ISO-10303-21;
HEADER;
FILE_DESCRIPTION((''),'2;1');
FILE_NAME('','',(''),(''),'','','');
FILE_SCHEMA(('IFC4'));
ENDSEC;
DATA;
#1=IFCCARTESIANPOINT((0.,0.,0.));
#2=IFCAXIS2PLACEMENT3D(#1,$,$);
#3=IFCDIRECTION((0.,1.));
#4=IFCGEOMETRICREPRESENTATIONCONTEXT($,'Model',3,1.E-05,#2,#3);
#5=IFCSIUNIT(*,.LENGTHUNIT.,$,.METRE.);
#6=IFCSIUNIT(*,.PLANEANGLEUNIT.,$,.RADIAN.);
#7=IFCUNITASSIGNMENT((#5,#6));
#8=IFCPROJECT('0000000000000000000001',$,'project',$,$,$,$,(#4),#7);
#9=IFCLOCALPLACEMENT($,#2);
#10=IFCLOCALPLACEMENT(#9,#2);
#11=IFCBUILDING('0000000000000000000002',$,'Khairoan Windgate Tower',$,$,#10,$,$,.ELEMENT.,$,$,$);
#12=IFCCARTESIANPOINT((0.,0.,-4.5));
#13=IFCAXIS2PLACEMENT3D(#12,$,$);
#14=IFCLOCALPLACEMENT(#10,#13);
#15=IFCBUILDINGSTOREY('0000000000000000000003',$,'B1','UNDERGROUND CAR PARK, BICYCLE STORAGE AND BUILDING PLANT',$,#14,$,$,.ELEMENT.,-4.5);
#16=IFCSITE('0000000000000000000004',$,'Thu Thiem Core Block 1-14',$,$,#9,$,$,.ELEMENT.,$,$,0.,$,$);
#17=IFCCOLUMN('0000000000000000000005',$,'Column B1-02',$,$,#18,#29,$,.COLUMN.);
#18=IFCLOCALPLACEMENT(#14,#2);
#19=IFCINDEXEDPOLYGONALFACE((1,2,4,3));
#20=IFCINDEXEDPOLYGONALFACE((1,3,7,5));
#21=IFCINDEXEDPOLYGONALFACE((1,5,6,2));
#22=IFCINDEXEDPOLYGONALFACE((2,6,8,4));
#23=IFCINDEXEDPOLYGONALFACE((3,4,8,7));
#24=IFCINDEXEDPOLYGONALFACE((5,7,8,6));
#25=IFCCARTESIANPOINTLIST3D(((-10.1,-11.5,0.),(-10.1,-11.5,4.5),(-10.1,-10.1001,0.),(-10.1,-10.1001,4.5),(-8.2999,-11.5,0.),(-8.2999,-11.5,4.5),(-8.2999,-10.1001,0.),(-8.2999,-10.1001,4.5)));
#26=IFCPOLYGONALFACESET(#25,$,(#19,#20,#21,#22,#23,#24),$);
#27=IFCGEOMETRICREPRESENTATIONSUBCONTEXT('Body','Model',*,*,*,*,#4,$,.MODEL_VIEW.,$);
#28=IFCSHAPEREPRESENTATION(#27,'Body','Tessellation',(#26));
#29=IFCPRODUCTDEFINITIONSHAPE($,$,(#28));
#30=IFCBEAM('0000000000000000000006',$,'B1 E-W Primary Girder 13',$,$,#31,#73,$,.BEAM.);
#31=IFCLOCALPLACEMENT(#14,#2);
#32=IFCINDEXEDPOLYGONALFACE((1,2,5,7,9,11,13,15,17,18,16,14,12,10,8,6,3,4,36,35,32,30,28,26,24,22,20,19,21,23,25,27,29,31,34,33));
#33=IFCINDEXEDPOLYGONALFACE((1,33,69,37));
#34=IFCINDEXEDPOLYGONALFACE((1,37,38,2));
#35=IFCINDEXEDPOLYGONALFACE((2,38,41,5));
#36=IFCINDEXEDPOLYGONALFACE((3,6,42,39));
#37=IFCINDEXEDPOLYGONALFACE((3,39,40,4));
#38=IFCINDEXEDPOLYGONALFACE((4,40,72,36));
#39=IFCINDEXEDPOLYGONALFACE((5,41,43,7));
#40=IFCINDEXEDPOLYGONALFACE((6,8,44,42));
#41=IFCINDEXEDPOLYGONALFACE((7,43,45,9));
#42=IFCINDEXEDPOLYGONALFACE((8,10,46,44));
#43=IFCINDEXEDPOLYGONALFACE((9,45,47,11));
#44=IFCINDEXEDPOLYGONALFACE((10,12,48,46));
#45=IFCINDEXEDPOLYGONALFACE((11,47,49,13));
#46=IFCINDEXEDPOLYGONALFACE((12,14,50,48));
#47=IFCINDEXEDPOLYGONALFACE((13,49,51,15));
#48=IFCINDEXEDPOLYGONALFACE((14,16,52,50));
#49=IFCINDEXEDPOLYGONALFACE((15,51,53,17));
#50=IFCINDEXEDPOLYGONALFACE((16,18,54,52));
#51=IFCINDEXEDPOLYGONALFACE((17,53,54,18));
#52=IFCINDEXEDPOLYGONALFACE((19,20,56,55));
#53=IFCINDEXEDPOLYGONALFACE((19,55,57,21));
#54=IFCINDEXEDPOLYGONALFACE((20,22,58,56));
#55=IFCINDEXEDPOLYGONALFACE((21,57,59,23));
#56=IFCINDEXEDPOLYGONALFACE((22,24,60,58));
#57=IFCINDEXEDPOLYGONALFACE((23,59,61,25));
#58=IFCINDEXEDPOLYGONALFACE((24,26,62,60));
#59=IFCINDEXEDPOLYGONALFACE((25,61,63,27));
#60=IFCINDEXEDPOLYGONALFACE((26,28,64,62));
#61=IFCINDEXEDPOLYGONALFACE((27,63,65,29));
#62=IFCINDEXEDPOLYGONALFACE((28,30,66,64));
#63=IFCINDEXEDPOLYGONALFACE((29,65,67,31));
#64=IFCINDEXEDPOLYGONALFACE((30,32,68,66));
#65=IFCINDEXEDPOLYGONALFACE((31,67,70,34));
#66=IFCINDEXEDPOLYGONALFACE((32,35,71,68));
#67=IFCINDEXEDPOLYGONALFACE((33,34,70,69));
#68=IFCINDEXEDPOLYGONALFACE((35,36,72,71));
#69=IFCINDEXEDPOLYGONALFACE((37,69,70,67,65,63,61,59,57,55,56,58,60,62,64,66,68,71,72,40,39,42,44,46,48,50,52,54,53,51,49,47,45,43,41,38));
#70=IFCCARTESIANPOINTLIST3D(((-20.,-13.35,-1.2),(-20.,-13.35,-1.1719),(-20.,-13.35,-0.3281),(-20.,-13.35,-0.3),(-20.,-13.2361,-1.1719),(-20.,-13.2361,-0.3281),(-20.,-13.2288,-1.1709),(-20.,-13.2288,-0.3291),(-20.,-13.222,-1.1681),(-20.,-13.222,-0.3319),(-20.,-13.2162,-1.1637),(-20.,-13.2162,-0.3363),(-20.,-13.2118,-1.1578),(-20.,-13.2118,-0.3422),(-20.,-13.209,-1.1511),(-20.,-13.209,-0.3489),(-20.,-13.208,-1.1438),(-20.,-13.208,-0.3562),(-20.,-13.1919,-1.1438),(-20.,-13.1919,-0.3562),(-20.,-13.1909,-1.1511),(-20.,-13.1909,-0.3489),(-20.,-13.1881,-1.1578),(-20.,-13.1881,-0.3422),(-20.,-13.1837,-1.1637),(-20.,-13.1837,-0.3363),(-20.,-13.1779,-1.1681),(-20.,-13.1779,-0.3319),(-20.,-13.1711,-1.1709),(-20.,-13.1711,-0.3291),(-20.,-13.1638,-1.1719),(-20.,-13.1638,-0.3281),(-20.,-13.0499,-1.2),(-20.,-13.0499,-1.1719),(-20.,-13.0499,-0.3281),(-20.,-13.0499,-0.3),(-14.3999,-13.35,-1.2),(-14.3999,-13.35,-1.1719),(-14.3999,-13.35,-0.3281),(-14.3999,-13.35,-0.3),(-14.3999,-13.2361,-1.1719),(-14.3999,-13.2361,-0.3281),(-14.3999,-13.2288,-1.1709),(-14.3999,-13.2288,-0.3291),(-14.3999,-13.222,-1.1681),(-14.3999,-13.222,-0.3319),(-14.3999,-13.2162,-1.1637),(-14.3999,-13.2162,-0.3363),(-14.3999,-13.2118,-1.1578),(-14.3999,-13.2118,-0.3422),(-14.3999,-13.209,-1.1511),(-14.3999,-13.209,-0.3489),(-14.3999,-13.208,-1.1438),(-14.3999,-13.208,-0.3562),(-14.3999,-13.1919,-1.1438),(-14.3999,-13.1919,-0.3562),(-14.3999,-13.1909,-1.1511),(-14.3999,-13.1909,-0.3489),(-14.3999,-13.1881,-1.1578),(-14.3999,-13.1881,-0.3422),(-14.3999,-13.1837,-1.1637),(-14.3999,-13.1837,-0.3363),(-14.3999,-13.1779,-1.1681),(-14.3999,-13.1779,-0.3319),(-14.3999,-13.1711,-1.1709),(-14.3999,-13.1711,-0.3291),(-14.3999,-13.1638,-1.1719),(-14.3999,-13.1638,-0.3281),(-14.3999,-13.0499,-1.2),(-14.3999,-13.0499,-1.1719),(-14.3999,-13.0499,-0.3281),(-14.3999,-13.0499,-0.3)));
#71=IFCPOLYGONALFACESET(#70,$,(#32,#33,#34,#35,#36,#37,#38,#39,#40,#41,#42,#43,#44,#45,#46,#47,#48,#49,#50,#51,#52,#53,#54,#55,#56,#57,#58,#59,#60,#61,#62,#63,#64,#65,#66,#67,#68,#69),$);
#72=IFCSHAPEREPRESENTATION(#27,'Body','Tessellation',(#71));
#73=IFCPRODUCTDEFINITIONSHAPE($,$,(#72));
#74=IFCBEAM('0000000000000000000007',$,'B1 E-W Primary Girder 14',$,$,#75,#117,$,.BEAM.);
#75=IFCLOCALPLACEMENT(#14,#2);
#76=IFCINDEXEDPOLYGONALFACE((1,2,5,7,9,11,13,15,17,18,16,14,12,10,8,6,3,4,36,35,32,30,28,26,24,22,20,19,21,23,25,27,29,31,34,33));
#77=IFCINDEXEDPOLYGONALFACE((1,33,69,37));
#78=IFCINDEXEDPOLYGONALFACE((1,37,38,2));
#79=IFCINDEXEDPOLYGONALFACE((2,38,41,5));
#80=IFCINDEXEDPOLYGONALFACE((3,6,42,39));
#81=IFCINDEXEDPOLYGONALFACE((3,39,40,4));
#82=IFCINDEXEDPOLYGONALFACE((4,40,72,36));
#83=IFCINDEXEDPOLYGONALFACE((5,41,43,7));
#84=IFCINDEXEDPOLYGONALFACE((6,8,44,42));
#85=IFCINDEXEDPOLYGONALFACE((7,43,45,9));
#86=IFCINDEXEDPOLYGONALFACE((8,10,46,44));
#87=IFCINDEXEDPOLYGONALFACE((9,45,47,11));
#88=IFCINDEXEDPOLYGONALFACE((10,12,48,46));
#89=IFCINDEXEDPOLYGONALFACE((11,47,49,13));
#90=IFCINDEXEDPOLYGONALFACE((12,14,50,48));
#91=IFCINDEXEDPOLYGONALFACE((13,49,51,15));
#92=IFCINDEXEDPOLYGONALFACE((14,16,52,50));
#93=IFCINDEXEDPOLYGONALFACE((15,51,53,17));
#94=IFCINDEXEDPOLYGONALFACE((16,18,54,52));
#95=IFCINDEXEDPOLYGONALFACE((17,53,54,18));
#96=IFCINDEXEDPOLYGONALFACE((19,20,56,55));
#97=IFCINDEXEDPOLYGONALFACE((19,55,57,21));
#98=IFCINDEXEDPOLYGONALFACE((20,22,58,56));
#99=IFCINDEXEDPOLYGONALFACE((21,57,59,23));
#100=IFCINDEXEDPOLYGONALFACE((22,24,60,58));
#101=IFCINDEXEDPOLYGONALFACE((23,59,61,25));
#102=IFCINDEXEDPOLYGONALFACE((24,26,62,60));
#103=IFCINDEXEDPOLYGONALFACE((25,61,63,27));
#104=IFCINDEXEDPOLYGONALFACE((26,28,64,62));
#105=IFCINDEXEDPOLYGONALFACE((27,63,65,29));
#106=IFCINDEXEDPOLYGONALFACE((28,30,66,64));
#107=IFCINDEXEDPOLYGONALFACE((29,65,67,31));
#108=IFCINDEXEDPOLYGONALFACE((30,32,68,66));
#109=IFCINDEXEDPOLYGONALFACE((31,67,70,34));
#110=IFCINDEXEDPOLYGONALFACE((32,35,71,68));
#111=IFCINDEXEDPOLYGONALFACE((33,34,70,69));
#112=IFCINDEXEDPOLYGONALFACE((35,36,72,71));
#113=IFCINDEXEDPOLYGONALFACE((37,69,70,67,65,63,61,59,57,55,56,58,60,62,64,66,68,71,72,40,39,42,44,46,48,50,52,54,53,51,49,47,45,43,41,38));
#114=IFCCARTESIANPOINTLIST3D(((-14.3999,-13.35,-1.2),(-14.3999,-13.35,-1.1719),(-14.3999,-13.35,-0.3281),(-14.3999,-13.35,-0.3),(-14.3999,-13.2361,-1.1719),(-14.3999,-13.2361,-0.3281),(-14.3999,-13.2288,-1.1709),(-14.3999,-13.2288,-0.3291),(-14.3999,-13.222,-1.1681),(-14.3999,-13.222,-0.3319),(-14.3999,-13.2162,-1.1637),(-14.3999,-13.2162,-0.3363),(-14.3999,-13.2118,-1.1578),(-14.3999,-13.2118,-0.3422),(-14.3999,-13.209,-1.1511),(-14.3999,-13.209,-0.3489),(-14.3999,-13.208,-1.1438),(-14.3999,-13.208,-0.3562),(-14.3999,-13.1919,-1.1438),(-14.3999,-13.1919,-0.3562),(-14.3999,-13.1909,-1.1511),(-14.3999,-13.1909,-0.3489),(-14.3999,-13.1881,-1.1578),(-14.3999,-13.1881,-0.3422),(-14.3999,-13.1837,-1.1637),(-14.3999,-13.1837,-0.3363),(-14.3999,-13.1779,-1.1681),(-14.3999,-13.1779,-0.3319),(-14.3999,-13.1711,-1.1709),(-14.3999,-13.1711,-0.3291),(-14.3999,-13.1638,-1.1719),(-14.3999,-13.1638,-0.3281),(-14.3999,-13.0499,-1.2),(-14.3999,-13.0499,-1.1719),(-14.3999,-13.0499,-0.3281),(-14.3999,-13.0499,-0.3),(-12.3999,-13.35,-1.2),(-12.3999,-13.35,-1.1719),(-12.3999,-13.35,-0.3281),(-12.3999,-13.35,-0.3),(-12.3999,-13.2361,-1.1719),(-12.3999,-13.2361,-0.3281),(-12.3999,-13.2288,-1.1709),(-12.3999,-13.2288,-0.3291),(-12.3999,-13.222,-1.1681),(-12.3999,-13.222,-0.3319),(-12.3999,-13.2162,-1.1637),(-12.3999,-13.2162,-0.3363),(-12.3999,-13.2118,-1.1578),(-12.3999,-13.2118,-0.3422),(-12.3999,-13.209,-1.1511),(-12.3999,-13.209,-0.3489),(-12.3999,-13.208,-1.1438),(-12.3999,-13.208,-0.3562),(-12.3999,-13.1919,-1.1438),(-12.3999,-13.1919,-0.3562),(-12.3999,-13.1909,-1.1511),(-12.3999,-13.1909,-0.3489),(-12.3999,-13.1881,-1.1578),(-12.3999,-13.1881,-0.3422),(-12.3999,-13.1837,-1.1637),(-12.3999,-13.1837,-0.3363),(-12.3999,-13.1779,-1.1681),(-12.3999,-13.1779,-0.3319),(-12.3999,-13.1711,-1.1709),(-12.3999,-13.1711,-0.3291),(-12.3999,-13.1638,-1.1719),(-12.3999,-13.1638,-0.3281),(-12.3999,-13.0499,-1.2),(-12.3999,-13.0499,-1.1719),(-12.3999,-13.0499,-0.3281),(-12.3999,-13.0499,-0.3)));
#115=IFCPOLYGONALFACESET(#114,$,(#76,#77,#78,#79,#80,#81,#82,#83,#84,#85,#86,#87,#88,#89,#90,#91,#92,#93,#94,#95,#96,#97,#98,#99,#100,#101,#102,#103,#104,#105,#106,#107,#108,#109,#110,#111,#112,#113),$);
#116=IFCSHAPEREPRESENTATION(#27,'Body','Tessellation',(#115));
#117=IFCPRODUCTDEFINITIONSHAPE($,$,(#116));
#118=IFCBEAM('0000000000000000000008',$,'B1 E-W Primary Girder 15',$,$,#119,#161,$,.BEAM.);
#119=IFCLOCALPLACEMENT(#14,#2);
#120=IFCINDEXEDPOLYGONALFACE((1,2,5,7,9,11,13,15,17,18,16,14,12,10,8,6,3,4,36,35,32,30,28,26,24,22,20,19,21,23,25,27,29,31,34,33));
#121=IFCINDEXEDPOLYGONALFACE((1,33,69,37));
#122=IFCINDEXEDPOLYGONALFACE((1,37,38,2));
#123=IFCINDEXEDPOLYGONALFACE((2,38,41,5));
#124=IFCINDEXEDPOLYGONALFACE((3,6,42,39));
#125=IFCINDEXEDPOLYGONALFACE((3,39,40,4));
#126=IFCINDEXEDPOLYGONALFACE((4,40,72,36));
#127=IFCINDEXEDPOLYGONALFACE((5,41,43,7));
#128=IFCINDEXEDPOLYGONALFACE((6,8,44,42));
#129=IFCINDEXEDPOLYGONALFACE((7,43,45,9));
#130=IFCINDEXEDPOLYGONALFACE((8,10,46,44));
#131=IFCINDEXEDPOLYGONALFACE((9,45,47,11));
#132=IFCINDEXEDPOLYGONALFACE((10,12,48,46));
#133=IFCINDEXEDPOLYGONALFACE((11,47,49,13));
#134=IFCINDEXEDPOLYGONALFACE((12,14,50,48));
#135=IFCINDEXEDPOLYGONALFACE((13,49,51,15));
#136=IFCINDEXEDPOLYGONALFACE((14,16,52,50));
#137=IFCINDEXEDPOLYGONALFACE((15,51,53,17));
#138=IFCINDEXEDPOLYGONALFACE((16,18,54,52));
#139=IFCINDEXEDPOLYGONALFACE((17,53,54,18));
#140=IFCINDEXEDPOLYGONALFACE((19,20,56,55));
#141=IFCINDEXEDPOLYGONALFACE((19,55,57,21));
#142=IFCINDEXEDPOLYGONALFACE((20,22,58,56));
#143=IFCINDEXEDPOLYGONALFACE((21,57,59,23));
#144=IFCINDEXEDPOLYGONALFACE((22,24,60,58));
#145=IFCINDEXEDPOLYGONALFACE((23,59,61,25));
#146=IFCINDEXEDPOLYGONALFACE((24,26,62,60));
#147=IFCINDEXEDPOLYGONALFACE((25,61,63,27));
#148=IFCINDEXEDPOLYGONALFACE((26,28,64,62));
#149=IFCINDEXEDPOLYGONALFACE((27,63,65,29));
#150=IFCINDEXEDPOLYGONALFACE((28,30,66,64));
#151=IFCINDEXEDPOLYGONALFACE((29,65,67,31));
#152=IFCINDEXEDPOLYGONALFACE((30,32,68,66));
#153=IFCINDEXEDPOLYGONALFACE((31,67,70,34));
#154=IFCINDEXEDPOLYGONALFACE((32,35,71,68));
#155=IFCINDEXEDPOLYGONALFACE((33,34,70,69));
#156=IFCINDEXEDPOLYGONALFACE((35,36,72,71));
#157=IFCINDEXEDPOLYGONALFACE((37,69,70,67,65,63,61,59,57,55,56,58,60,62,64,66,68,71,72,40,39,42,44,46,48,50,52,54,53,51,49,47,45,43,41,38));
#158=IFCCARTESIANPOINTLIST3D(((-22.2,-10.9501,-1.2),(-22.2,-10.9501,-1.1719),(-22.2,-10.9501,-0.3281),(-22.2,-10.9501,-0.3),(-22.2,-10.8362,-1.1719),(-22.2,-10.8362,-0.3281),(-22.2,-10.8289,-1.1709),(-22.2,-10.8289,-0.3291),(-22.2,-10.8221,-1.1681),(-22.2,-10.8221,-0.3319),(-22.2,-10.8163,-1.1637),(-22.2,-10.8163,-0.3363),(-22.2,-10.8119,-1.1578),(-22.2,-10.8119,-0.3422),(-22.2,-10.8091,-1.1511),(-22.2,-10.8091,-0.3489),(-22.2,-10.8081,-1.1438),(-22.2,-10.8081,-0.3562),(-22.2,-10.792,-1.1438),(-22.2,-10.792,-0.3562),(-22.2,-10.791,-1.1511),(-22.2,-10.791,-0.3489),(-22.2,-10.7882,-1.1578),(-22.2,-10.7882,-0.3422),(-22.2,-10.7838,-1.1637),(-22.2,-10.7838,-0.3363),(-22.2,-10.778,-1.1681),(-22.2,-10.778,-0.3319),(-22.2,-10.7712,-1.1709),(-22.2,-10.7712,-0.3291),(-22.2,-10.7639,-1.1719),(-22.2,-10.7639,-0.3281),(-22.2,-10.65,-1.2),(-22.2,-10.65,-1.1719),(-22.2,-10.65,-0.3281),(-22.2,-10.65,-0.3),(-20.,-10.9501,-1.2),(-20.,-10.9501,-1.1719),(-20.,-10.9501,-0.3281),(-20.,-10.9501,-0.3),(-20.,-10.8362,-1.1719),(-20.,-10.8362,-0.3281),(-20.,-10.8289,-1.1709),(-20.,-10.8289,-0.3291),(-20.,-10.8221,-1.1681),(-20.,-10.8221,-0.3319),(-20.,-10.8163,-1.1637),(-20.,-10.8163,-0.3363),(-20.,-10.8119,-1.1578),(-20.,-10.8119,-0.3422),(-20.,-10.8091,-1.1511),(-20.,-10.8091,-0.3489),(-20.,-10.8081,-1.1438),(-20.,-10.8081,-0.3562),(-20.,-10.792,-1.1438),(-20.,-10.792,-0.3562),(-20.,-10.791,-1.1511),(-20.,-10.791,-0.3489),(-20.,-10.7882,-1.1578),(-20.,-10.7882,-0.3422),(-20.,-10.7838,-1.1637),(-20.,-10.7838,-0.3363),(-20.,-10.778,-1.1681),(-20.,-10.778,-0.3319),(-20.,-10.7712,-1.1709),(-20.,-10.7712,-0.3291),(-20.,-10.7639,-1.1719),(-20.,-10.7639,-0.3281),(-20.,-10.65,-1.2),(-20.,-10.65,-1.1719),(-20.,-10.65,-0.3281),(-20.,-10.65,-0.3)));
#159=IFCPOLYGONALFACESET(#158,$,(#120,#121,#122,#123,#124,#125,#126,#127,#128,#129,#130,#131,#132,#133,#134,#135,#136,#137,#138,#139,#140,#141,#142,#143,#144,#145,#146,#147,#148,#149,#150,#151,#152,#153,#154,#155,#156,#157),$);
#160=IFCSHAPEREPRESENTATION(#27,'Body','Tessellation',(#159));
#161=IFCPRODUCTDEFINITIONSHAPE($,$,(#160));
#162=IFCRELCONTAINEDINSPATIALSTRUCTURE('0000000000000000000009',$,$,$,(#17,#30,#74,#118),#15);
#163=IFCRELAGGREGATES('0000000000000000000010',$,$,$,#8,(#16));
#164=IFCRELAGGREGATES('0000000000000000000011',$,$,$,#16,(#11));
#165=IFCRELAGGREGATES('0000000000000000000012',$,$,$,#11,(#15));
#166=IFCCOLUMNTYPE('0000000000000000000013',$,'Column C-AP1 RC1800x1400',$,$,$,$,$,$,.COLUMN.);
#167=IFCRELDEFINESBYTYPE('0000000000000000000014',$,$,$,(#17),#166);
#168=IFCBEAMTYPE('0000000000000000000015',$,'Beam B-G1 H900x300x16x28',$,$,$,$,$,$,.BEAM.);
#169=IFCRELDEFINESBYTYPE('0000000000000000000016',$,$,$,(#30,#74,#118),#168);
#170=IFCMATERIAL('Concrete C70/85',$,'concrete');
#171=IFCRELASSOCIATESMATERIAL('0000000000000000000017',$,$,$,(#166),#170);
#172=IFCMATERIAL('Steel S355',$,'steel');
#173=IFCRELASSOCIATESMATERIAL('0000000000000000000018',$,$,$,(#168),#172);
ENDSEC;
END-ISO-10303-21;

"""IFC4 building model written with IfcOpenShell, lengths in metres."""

from ifc_helpers import new_model, si_unit, direction, frame, origin, origin_2d, place, context, subcontext, project, spatial, rectangle, i_section, extrude, material, material_profile, profile_set, type_object, element, save


model = new_model("IFC4")

# Units and contexts
model_context = context("Model", 3, precision=1e-05, world=origin(), true_north=direction((0.0, 1.0)))
body_context = subcontext(model_context, "Body", "Model", "MODEL_VIEW")
ifc_project = project(units=[si_unit("LENGTHUNIT", "METRE"), si_unit("PLANEANGLEUNIT", "RADIAN")], contexts=[model_context])

# Site, building, storey
site_placement = place(None, origin())
site = spatial("IfcSite", under=ifc_project, at=site_placement, Name="Thu Thiem Core Block 1-14", CompositionType="ELEMENT", RefElevation=0.0)
building_placement = place(site_placement, origin())
building = spatial("IfcBuilding", under=site, at=building_placement, Name="Khairoan Windgate Tower", CompositionType="ELEMENT")
storey_placement = place(building_placement, frame((0.0, 0.0, -4.5)))
storey = spatial("IfcBuildingStorey", under=building, at=storey_placement, Name="B1", Description="UNDERGROUND CAR PARK, BICYCLE STORAGE AND BUILDING PLANT", CompositionType="ELEMENT", Elevation=-4.5)

# Column
ifc_material_1 = material(Name="Concrete C70/85", Category="concrete")
ifc_material_profile_1 = material_profile(ifc_material_1, rectangle(XDim=1.8, YDim=1.3999, at=origin_2d()))
ifc_profile_set_1 = profile_set([ifc_material_profile_1], Name="Concrete C70/85")
column_type = type_object("IfcColumnType", Name="Column C-AP1 RC1800x1400", PredefinedType="COLUMN", material=ifc_profile_set_1)
column_placement = place(storey_placement, frame((-9.2, -10.8, 0.0), z_axis=(0.0, 0.0, 1.0), x_axis=(1.0, 0.0, 0.0)))
element("IfcColumn", 1, at=column_placement, inside=storey, type_object=column_type, Name="Column B1-02", PredefinedType="COLUMN", context=body_context, shape_type="SweptSolid", body=[
    extrude(rectangle(XDim=1.8, YDim=1.3999, at=origin_2d()), origin(), (0.0, 0.0, 1.0), 4.5),
])

# Beams
ifc_material_2 = material(Name="Steel S355", Category="steel")
ifc_material_profile_2 = material_profile(ifc_material_2, i_section(OverallWidth=0.3, OverallDepth=0.8999, WebThickness=0.0161, FlangeThickness=0.0281, FilletRadius=0.0281, at=origin_2d()))
ifc_profile_set_2 = profile_set([ifc_material_profile_2], Name="Steel S355")
beam_type = type_object("IfcBeamType", Name="Beam B-G1 H900x300x16x28", PredefinedType="BEAM", material=ifc_profile_set_2)
beam_1_placement = place(storey_placement, frame((-20.0, -13.2, -0.75), z_axis=(1.0, 0.0, 0.0), x_axis=(0.0, 1.0, 0.0)))
element("IfcBeam", 2, at=beam_1_placement, inside=storey, type_object=beam_type, Name="B1 E-W Primary Girder 13", PredefinedType="BEAM", context=body_context, shape_type="SweptSolid", body=[
    extrude(i_section(OverallWidth=0.3, OverallDepth=0.8999, WebThickness=0.0161, FlangeThickness=0.0281, FilletRadius=0.0281, at=origin_2d()), origin(), (0.0, 0.0, 1.0), 5.6001),
])
beam_2_placement = place(storey_placement, frame((-14.3999, -13.2, -0.75), z_axis=(1.0, 0.0, 0.0), x_axis=(0.0, 1.0, 0.0)))
element("IfcBeam", 3, at=beam_2_placement, inside=storey, type_object=beam_type, Name="B1 E-W Primary Girder 14", PredefinedType="BEAM", context=body_context, shape_type="SweptSolid", body=[
    extrude(i_section(OverallWidth=0.3, OverallDepth=0.8999, WebThickness=0.0161, FlangeThickness=0.0281, FilletRadius=0.0281, at=origin_2d()), origin(), (0.0, 0.0, 1.0), 2.0),
])
beam_3_placement = place(storey_placement, frame((-22.2, -10.8, -0.75), z_axis=(1.0, 0.0, 0.0), x_axis=(0.0, 1.0, 0.0)))
element("IfcBeam", 4, at=beam_3_placement, inside=storey, type_object=beam_type, Name="B1 E-W Primary Girder 15", PredefinedType="BEAM", context=body_context, shape_type="SweptSolid", body=[
    extrude(i_section(OverallWidth=0.3, OverallDepth=0.8999, WebThickness=0.0161, FlangeThickness=0.0281, FilletRadius=0.0281, at=origin_2d()), origin(), (0.0, 0.0, 1.0), 2.2),
])

save(model, "model.ifc")
